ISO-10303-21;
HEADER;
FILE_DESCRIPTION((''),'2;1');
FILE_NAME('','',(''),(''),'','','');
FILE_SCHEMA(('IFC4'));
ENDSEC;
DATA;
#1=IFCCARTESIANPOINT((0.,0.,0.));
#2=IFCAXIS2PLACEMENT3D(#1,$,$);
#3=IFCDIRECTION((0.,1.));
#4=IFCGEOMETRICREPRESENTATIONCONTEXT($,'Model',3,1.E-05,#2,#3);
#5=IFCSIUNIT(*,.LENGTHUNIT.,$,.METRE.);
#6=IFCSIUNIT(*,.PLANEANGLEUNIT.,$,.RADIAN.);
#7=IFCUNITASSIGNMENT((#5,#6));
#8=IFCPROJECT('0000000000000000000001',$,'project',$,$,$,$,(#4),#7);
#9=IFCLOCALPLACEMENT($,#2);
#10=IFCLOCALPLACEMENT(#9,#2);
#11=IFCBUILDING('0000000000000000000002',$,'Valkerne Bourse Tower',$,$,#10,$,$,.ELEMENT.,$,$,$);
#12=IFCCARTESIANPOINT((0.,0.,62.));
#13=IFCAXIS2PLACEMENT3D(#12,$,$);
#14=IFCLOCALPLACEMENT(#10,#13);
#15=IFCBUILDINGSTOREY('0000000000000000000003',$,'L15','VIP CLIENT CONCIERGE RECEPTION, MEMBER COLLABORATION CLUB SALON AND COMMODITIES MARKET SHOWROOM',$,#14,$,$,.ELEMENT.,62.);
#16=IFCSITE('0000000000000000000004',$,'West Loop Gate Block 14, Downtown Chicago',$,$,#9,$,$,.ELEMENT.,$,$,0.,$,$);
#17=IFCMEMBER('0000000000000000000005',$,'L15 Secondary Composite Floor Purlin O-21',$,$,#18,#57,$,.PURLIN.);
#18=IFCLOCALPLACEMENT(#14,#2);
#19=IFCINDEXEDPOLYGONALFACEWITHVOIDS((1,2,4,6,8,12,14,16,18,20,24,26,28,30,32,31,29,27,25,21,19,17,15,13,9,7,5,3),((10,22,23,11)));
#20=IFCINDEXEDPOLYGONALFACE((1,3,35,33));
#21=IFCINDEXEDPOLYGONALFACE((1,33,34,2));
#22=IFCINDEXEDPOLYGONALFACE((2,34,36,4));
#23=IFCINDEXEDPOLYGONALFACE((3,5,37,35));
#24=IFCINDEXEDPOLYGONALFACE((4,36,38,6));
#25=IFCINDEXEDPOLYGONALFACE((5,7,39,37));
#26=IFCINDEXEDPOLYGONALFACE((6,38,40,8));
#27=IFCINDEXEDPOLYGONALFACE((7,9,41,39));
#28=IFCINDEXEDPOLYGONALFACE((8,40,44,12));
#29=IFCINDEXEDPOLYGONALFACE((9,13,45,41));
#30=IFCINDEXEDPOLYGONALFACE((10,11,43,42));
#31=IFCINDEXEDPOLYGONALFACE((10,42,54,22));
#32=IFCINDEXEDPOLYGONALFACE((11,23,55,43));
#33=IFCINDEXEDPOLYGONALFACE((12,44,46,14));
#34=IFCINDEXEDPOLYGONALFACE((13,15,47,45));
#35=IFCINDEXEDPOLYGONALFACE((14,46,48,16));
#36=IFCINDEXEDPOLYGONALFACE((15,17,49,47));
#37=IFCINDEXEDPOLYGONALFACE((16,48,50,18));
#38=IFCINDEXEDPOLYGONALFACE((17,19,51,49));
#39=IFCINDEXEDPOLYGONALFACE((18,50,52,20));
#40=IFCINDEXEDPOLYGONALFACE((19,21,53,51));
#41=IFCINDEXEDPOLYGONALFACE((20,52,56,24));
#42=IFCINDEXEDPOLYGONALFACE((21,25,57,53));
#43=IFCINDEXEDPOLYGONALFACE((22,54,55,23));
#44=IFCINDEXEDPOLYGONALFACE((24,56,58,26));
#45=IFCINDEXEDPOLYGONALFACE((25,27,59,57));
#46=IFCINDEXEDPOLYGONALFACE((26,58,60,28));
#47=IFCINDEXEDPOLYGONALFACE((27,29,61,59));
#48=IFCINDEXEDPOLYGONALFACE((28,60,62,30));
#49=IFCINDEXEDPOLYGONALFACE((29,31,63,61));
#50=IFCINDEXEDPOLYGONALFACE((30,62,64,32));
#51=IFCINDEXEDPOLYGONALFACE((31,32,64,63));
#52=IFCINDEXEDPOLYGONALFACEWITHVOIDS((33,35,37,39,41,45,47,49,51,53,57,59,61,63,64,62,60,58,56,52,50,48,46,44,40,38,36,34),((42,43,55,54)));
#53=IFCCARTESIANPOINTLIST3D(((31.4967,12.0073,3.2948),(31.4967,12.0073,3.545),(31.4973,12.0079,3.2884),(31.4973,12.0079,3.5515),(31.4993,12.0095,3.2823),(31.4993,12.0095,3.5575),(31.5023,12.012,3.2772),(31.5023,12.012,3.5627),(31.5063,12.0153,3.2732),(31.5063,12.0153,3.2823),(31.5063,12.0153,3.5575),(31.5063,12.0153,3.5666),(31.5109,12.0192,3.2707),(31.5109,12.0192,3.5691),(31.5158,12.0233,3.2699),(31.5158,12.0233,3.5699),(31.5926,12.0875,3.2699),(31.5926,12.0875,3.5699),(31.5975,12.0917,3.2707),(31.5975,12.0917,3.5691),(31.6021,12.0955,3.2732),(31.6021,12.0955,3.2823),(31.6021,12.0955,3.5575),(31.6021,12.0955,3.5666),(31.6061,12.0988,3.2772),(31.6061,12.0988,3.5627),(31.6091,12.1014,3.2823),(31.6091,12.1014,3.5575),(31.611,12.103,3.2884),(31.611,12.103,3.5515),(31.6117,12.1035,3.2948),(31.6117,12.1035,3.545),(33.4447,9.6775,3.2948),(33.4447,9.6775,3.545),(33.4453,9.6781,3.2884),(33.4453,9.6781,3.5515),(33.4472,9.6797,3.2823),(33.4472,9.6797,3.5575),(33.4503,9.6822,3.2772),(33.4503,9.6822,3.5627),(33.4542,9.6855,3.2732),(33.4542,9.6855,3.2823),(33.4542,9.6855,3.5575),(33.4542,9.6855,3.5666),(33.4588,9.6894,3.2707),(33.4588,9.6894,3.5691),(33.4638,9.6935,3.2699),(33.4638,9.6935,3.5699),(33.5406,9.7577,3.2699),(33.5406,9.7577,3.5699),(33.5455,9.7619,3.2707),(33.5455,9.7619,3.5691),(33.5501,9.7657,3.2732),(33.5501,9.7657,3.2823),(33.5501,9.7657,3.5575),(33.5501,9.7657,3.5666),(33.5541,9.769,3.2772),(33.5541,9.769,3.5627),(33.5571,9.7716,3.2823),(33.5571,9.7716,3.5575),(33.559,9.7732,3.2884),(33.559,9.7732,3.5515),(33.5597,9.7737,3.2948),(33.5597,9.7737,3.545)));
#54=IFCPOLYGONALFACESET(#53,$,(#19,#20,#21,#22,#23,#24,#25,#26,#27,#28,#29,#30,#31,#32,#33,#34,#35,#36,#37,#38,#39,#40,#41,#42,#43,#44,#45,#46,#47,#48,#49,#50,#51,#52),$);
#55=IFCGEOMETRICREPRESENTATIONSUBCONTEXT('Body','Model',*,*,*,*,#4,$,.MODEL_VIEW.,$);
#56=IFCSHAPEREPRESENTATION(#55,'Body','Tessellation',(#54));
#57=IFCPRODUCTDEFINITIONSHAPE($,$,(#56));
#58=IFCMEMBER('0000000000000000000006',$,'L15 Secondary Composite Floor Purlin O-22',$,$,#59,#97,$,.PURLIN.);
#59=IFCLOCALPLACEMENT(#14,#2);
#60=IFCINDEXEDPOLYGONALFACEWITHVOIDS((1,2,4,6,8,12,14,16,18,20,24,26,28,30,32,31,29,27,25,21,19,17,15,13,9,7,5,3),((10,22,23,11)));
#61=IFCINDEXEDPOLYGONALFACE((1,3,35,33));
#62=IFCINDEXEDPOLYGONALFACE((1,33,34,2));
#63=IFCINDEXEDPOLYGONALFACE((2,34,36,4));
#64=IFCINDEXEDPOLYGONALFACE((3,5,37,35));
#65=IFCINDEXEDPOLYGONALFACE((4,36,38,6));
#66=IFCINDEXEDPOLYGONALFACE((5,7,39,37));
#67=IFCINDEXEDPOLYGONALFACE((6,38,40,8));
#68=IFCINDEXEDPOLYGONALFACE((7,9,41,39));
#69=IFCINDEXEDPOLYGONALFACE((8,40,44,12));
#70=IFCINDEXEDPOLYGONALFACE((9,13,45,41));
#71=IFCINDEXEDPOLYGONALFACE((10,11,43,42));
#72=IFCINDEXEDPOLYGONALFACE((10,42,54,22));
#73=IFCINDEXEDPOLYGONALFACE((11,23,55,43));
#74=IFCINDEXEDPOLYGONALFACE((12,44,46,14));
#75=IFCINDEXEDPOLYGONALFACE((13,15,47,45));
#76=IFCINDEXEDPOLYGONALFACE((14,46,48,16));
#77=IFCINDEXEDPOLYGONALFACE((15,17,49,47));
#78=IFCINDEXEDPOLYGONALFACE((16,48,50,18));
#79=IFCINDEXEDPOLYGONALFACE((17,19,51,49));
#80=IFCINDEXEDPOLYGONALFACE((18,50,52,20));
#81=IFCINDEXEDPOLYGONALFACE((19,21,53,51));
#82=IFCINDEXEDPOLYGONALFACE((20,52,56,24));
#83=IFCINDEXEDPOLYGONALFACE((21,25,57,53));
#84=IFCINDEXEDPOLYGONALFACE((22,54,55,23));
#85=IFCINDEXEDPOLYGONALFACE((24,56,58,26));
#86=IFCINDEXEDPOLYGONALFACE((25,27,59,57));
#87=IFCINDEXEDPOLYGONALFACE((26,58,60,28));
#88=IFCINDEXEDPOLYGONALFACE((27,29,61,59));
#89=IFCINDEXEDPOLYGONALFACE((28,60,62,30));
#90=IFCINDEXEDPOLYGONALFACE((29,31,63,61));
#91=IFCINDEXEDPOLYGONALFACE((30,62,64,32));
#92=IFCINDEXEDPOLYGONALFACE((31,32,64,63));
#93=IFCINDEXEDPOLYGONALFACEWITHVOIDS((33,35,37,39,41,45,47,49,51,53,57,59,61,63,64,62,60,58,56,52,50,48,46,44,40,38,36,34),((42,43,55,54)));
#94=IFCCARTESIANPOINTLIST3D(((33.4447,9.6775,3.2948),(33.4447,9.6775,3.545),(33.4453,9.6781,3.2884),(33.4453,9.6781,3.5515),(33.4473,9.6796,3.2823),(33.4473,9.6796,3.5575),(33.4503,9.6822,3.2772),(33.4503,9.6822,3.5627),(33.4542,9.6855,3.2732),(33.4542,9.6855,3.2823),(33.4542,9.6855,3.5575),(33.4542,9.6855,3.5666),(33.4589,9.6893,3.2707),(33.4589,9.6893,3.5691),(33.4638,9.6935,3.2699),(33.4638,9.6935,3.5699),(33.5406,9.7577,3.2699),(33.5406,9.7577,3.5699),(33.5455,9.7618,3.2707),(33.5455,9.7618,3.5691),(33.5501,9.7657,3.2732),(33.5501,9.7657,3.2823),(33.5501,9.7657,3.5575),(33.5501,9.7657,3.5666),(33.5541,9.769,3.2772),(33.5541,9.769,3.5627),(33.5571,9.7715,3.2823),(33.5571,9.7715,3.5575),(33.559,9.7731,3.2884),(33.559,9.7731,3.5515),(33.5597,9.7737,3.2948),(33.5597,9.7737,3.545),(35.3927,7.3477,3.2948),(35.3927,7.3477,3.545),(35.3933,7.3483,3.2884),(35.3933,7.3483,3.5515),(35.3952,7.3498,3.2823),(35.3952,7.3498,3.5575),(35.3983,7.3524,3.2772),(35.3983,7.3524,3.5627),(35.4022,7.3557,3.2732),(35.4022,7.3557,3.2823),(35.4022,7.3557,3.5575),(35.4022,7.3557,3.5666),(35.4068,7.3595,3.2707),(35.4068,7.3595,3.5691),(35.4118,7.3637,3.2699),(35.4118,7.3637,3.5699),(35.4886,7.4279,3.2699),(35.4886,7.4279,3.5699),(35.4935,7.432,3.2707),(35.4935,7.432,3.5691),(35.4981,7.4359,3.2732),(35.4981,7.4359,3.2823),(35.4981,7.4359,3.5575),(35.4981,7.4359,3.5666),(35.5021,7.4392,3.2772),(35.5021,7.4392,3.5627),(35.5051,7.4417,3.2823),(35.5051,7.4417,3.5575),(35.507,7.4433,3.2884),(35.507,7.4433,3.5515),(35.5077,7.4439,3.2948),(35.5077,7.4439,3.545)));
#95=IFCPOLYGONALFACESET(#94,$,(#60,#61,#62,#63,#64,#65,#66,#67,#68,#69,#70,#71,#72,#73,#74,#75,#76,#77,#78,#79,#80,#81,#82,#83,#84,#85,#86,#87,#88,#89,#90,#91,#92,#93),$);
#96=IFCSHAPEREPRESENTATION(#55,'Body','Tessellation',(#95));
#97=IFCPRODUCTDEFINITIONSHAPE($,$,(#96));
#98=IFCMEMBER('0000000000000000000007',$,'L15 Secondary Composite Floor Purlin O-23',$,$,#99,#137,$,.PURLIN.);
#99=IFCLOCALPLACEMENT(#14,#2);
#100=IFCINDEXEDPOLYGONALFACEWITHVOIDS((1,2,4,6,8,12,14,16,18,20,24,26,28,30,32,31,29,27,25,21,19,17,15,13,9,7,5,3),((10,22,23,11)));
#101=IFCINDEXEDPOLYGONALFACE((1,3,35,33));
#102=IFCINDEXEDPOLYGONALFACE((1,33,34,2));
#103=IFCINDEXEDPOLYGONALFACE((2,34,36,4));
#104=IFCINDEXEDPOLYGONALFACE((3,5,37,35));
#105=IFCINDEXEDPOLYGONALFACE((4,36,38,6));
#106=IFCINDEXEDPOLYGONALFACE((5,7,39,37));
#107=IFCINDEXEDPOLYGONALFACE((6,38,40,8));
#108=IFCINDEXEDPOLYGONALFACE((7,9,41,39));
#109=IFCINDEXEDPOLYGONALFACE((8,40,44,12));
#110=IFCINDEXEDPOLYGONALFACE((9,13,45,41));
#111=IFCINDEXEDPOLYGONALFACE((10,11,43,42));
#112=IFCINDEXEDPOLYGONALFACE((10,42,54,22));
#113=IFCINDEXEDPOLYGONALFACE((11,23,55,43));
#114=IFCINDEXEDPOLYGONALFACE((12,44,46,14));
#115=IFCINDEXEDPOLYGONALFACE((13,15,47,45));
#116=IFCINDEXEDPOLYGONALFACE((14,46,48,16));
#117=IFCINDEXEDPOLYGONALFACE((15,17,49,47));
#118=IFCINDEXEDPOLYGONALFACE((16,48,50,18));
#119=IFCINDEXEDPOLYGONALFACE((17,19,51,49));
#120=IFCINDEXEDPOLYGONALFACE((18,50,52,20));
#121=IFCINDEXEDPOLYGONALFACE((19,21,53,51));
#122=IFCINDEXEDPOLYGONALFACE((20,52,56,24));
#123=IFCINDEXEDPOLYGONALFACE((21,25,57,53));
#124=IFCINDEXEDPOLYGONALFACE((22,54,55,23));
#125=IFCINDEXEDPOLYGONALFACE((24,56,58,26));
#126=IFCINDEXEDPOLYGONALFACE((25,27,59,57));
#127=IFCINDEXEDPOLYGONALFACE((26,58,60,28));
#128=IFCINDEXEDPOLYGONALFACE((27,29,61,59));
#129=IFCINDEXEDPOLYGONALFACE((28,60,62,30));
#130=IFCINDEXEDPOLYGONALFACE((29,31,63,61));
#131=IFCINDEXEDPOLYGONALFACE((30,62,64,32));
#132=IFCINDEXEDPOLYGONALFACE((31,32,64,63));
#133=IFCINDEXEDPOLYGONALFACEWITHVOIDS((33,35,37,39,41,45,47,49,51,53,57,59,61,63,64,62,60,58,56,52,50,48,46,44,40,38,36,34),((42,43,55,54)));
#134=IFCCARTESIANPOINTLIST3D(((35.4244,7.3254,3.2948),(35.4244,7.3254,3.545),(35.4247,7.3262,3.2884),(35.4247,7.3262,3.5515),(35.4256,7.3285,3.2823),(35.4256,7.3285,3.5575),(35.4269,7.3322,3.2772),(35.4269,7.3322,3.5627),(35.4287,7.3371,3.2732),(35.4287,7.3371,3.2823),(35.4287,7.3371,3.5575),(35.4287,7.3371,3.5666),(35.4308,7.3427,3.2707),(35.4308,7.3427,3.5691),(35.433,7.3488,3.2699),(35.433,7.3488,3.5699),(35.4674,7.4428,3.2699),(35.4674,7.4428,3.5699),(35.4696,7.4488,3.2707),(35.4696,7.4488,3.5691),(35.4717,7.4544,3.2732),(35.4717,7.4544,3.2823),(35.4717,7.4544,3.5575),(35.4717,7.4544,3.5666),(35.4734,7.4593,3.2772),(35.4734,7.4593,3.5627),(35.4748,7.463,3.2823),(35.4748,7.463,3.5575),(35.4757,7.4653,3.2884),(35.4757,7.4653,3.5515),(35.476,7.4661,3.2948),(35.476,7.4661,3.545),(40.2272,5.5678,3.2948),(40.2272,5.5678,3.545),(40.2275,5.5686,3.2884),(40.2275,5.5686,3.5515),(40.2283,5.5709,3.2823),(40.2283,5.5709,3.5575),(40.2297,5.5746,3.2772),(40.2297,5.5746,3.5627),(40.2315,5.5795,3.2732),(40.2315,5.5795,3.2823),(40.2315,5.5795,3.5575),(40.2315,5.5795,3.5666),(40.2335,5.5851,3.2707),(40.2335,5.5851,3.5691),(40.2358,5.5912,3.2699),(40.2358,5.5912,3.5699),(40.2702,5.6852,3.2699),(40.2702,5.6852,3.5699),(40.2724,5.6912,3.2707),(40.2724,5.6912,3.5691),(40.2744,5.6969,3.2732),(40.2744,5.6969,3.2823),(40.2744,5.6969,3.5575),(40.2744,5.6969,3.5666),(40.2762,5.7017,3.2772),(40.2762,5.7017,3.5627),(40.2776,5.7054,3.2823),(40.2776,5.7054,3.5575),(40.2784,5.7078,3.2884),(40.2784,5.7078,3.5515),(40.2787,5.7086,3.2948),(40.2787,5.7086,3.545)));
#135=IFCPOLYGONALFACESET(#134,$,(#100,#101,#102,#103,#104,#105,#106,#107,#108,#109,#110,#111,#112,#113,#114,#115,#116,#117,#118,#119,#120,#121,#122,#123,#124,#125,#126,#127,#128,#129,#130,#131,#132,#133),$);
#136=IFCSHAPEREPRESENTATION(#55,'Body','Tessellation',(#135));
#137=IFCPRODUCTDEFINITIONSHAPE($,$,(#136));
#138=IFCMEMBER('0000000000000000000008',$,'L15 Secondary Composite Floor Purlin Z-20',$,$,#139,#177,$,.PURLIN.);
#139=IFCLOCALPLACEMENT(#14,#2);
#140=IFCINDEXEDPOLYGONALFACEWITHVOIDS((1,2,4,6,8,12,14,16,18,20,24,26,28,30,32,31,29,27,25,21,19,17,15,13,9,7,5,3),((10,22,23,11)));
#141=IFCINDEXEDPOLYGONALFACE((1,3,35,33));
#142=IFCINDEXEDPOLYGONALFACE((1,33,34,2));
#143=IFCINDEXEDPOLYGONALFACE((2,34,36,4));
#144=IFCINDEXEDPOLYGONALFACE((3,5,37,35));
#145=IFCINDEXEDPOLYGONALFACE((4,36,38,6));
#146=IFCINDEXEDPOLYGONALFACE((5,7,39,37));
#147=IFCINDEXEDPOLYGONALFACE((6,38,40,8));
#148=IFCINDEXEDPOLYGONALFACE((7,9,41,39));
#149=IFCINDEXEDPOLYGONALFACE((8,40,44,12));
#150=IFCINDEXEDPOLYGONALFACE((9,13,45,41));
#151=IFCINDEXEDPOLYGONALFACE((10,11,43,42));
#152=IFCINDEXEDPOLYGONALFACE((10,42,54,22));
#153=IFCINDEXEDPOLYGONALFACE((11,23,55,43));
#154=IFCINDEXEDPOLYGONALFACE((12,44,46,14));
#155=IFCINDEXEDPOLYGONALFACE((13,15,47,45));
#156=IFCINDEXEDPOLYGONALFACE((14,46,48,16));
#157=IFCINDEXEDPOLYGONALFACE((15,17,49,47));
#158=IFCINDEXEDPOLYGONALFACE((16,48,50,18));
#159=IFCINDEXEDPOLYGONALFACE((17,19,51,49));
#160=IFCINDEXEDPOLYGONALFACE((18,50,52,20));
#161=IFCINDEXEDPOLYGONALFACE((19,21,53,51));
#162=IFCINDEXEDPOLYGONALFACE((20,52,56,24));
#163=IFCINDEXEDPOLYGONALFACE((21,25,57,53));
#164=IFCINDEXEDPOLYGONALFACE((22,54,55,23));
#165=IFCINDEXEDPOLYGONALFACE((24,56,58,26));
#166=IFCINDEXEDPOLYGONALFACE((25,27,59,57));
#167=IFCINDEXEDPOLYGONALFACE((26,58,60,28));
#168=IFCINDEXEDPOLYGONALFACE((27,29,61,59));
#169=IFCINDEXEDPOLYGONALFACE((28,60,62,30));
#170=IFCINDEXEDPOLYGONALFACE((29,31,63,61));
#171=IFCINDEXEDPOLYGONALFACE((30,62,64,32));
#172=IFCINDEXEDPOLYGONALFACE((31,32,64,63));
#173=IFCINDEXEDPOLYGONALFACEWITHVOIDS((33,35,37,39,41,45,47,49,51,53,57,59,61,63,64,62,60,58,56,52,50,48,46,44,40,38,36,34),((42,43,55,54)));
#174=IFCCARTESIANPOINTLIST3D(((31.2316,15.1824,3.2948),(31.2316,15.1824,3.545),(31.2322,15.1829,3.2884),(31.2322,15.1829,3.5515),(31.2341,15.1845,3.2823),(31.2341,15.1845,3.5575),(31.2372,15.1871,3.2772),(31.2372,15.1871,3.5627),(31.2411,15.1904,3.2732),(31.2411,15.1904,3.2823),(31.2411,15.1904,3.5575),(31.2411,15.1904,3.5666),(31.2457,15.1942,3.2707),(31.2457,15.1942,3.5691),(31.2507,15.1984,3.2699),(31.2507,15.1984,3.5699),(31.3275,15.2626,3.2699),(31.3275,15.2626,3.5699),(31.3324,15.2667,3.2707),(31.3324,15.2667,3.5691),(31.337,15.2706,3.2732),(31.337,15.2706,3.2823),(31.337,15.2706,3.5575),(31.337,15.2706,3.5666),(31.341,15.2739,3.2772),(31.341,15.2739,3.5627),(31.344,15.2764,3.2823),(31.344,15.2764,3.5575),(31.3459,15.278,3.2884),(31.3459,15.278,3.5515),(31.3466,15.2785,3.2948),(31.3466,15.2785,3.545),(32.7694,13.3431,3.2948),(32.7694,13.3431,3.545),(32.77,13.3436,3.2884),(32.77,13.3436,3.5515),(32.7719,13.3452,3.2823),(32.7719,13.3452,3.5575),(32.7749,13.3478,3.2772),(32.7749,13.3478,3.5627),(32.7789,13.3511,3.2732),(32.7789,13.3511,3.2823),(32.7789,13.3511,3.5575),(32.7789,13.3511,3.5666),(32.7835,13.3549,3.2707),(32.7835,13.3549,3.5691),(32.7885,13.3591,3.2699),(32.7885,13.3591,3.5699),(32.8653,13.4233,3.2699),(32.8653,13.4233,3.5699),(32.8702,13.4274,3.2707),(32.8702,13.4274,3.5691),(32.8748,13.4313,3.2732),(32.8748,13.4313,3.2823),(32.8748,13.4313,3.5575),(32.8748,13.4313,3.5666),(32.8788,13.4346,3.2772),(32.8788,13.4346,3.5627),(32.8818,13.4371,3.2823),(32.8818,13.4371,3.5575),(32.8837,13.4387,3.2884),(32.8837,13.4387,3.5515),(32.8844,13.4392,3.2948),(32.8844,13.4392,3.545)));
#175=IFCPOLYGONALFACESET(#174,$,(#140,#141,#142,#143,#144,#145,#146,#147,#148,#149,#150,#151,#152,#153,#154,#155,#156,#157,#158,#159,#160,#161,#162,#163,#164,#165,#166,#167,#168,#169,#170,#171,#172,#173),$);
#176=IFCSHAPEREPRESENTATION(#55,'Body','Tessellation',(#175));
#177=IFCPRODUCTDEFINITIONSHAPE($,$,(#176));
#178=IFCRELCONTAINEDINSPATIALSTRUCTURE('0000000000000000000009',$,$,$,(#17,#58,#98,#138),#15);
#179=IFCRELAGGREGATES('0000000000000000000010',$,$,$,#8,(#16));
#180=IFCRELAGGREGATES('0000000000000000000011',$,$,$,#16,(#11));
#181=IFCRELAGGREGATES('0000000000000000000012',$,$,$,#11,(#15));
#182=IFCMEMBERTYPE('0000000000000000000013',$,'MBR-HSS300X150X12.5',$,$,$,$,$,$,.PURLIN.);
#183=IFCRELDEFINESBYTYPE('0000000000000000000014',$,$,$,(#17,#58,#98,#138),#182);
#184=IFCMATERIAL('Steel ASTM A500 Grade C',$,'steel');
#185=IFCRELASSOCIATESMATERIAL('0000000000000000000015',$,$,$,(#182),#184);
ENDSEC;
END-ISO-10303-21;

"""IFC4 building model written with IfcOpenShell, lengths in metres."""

from ifc_helpers import new_model, si_unit, direction, frame, origin, origin_2d, place, context, subcontext, project, spatial, hollow_rectangle, extrude, material, material_profile, profile_set, type_object, element, save


model = new_model("IFC4")

# Units and contexts
model_context = context("Model", 3, precision=1e-05, world=origin(), true_north=direction((0.0, 1.0)))
body_context = subcontext(model_context, "Body", "Model", "MODEL_VIEW")
ifc_project = project(units=[si_unit("LENGTHUNIT", "METRE"), si_unit("PLANEANGLEUNIT", "RADIAN")], contexts=[model_context])

# Site, building, storey
site_placement = place(None, origin())
site = spatial("IfcSite", under=ifc_project, at=site_placement, Name="West Loop Gate Block 14, Downtown Chicago", CompositionType="ELEMENT", RefElevation=0.0)
building_placement = place(site_placement, origin())
building = spatial("IfcBuilding", under=site, at=building_placement, Name="Valkerne Bourse Tower", CompositionType="ELEMENT")
storey_placement = place(building_placement, frame((0.0, 0.0, 62.0)))
storey = spatial("IfcBuildingStorey", under=building, at=storey_placement, Name="L15", Description="VIP CLIENT CONCIERGE RECEPTION, MEMBER COLLABORATION CLUB SALON AND COMMODITIES MARKET SHOWROOM", CompositionType="ELEMENT", Elevation=62.0)

# Members
ifc_material_1 = material(Name="Steel ASTM A500 Grade C", Category="steel")
ifc_material_profile_1 = material_profile(ifc_material_1, hollow_rectangle(XDim=0.1499, YDim=0.3, WallThickness=0.0125, OuterFilletRadius=0.0249, at=origin_2d()), Name="HSS300X150X12.5")
ifc_profile_set_1 = profile_set([ifc_material_profile_1], Name="Steel ASTM A500 Grade C")
member_type_1 = type_object("IfcMemberType", Name="MBR-HSS300X150X12.5", PredefinedType="PURLIN", material=ifc_profile_set_1)
for number, where, z_axis, x_axis, name in (
    (1, (31.5542, 12.0554, 3.4199), (0.641441, -0.767173, 0.0), (0.767173, 0.641441, 0.0), "L15 Secondary Composite Floor Purlin O-21"),
    (2, (33.5022, 9.7256, 3.4199), (0.641441, -0.767173, 0.0), (0.767173, 0.641441, 0.0), "L15 Secondary Composite Floor Purlin O-22"),
):
    element("IfcMember", number, at=place(storey_placement, frame(where, z_axis=z_axis, x_axis=x_axis)), inside=storey, type_object=member_type_1, Name=name, PredefinedType="PURLIN", context=body_context, shape_type="SweptSolid", body=[
        extrude(hollow_rectangle(XDim=0.1499, YDim=0.3, WallThickness=0.0125, OuterFilletRadius=0.0249, at=origin_2d()), origin(), (0.0, 0.0, 1.0), 3.0369),
    ])
member_1_placement = place(storey_placement, frame((35.4502, 7.3958, 3.4199), z_axis=(0.939093, -0.343663, 0.0), x_axis=(0.343663, 0.939093, 0.0)))
element("IfcMember", 3, at=member_1_placement, inside=storey, type_object=member_type_1, Name="L15 Secondary Composite Floor Purlin O-23", PredefinedType="PURLIN", context=body_context, shape_type="SweptSolid", body=[
    extrude(hollow_rectangle(XDim=0.1499, YDim=0.3, WallThickness=0.0125, OuterFilletRadius=0.0249, at=origin_2d()), origin(), (0.0, 0.0, 1.0), 5.1143),
])
member_2_placement = place(storey_placement, frame((31.2891, 15.2305, 3.4199), z_axis=(0.641426, -0.767185, 0.0), x_axis=(0.767185, 0.641426, 0.0)))
element("IfcMember", 4, at=member_2_placement, inside=storey, type_object=member_type_1, Name="L15 Secondary Composite Floor Purlin Z-20", PredefinedType="PURLIN", context=body_context, shape_type="SweptSolid", body=[
    extrude(hollow_rectangle(XDim=0.1499, YDim=0.3, WallThickness=0.0125, OuterFilletRadius=0.0249, at=origin_2d()), origin(), (0.0, 0.0, 1.0), 2.3975),
])

save(model, "model.ifc")
